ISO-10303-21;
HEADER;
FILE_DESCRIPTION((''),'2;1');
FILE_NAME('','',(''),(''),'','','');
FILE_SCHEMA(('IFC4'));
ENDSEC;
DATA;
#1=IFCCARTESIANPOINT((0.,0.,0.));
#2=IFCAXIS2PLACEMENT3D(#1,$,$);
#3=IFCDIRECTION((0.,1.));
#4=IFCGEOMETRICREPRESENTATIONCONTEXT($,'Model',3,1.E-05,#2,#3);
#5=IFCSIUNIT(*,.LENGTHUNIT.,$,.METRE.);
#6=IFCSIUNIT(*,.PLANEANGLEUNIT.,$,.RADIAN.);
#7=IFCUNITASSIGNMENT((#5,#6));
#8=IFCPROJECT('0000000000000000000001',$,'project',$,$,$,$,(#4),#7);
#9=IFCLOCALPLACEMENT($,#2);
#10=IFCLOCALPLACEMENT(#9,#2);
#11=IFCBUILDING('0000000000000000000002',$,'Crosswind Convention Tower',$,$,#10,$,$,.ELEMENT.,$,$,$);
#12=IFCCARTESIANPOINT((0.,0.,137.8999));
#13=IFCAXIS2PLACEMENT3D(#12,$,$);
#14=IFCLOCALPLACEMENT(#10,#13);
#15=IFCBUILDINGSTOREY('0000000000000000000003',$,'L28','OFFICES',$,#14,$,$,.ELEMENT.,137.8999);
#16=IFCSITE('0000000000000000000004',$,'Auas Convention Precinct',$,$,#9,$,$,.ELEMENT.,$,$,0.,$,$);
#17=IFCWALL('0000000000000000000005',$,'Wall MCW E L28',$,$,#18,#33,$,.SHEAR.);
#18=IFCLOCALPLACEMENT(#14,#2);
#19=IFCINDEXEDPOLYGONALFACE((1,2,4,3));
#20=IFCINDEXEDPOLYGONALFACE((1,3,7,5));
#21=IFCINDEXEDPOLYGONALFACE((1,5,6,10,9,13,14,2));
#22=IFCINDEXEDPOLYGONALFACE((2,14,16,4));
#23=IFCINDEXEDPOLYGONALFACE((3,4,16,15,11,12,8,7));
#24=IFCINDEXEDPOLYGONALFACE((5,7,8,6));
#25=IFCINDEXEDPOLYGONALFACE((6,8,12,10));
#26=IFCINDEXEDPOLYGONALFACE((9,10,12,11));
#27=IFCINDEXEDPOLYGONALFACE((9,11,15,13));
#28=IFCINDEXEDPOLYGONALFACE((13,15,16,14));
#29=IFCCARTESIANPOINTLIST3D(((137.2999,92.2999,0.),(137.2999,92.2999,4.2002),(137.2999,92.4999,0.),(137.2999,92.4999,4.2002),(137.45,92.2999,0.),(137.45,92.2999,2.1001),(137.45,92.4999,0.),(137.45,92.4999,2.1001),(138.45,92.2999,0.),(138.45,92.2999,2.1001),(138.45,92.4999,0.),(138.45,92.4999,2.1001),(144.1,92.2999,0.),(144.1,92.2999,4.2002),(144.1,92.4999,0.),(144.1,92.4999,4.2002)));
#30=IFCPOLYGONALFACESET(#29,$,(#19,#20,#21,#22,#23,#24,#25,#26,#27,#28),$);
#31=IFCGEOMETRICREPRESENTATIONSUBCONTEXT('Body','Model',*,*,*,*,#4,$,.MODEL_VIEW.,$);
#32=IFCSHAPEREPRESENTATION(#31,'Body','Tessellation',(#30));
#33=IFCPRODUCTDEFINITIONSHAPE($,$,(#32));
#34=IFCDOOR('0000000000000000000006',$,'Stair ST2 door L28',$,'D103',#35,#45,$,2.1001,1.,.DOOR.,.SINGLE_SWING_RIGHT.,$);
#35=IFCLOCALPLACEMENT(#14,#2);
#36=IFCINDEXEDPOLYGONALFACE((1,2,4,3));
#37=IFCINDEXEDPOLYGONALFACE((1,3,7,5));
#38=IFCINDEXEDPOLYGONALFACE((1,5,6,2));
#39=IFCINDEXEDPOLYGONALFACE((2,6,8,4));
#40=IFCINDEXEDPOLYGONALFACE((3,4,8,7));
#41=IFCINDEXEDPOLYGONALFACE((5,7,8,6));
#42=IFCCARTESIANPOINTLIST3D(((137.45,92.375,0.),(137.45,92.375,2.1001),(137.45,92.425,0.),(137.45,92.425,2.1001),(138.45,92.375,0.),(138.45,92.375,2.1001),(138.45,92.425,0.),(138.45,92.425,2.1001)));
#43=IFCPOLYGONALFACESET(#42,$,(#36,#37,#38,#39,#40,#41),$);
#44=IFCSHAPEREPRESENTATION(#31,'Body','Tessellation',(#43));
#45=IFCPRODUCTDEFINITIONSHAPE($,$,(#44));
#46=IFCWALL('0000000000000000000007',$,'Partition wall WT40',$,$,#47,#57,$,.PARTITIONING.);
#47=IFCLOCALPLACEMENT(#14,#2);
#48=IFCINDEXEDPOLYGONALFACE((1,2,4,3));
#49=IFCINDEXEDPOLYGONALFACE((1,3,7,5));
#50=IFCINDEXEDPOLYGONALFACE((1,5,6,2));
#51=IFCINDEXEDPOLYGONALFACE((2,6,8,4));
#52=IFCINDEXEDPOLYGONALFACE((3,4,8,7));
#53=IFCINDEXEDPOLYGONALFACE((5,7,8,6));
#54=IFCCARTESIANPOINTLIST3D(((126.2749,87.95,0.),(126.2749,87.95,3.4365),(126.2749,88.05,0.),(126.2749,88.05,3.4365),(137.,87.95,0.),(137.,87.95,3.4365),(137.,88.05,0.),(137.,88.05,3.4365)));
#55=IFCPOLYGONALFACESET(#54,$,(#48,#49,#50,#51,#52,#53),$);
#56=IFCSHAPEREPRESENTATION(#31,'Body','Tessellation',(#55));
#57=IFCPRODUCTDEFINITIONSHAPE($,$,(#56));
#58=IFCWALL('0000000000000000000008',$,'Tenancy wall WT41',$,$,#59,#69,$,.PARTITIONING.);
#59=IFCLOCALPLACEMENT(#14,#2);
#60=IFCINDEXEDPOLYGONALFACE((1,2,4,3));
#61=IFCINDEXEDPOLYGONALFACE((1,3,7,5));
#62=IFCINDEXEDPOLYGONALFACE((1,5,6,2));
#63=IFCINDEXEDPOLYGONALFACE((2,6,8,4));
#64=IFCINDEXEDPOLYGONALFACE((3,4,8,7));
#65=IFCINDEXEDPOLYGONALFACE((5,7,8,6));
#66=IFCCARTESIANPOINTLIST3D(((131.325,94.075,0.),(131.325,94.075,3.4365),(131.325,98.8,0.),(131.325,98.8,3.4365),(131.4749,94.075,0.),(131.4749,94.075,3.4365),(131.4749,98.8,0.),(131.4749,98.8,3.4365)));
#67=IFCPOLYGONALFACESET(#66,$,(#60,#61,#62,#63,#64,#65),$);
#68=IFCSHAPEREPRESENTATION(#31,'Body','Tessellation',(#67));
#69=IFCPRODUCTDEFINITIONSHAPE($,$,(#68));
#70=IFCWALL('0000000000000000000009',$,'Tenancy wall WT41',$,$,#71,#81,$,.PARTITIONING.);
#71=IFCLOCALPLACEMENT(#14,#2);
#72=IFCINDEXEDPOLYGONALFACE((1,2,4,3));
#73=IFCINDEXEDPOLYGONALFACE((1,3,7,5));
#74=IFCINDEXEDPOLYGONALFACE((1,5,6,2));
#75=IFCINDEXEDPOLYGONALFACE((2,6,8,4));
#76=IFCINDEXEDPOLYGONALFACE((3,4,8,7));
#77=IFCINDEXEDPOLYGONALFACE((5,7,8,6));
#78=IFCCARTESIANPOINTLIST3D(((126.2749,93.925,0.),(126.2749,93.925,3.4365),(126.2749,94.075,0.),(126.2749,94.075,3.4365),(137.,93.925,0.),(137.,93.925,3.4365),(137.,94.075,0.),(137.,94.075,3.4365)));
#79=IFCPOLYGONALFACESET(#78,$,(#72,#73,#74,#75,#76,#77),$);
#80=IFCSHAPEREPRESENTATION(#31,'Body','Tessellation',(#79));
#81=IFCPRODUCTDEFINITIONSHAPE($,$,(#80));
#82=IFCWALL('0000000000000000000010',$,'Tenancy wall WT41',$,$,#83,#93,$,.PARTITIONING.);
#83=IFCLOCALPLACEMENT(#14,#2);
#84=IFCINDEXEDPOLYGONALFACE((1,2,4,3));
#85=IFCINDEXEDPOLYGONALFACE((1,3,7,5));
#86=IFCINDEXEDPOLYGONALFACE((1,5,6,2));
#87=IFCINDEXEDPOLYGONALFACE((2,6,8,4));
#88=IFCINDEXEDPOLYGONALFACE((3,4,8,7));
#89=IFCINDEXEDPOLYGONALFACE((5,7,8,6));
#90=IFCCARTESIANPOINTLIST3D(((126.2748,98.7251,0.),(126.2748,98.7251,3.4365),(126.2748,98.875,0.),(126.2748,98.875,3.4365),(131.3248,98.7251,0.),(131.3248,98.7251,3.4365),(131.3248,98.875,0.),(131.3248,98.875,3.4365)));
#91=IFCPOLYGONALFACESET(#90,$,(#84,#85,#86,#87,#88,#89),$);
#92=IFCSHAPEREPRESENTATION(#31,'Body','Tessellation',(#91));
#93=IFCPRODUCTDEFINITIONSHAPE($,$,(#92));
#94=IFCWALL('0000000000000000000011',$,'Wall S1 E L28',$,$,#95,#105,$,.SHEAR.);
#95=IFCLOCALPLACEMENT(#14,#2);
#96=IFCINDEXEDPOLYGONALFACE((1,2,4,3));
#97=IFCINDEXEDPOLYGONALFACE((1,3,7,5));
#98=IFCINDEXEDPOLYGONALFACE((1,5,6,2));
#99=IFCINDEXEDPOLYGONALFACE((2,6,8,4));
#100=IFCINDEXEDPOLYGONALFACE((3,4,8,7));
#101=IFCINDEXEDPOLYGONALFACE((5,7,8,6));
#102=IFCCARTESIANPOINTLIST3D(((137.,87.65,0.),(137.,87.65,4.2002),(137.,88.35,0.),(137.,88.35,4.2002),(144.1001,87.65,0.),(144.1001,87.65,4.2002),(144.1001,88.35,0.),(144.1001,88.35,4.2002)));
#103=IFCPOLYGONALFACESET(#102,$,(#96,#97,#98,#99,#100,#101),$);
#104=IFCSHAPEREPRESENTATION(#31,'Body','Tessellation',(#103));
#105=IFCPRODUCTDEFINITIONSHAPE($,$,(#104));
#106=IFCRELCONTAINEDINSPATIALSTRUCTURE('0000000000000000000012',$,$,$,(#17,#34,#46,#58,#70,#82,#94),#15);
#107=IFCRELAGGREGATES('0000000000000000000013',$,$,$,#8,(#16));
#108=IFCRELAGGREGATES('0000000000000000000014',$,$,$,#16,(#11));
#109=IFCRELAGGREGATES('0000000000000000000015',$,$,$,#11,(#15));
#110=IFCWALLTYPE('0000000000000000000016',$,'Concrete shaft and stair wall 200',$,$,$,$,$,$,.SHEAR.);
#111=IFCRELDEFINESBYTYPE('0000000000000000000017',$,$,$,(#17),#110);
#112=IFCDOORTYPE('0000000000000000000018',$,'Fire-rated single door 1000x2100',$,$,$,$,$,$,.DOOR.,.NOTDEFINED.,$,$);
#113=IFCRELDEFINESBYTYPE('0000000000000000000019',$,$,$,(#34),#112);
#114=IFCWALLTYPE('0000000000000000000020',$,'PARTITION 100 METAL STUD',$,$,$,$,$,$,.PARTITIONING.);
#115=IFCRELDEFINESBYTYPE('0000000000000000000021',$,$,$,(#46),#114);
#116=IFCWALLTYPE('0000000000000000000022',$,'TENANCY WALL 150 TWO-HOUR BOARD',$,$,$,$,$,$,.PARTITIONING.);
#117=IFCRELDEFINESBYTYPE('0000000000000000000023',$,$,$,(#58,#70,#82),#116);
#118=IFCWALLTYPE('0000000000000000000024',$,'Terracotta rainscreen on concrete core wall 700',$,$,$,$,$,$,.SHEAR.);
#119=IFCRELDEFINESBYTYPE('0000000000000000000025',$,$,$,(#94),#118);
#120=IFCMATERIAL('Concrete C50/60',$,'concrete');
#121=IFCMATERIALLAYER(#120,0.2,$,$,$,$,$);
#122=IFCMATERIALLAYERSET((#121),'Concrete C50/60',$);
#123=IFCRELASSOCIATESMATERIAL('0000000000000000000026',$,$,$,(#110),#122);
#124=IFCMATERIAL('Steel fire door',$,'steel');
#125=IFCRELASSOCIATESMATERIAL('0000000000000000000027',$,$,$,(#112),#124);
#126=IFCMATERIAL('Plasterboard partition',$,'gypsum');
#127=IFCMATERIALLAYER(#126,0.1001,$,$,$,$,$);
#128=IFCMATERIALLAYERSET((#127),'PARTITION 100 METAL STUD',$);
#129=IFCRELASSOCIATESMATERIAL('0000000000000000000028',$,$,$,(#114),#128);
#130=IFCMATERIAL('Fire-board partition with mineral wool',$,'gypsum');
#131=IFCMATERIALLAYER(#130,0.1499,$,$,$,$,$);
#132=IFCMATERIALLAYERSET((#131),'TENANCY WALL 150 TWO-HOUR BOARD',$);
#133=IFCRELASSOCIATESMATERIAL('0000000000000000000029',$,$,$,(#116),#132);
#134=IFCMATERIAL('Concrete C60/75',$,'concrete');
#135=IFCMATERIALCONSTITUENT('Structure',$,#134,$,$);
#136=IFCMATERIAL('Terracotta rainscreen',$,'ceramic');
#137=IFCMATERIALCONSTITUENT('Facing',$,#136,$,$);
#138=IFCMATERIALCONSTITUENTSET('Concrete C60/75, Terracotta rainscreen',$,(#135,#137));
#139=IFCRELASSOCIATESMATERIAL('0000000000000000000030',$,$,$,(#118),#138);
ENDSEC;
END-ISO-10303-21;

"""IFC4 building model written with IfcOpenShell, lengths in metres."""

from ifc_helpers import new_model, si_unit, direction, frame, frame_2d, origin, place, context, subcontext, project, spatial, rectangle, extrude, material, layer, layer_set, constituent, constituent_set, type_object, element, fill, save


model = new_model("IFC4")

# Units and contexts
model_context = context("Model", 3, precision=1e-05, world=origin(), true_north=direction((0.0, 1.0)))
body_context = subcontext(model_context, "Body", "Model", "MODEL_VIEW")
ifc_project = project(units=[si_unit("LENGTHUNIT", "METRE"), si_unit("PLANEANGLEUNIT", "RADIAN")], contexts=[model_context])

# Site, building, storey
site_placement = place(None, origin())
site = spatial("IfcSite", under=ifc_project, at=site_placement, Name="Auas Convention Precinct", CompositionType="ELEMENT", RefElevation=0.0)
building_placement = place(site_placement, origin())
building = spatial("IfcBuilding", under=site, at=building_placement, Name="Crosswind Convention Tower", CompositionType="ELEMENT")
storey_placement = place(building_placement, frame((0.0, 0.0, 137.8999)))
storey = spatial("IfcBuildingStorey", under=building, at=storey_placement, Name="L28", Description="OFFICES", CompositionType="ELEMENT", Elevation=137.8999)

# Shared definitions
ifc_material_1 = material(Name="Concrete C50/60", Category="concrete")

# Wall, opening, door
ifc_layer_1 = layer(ifc_material_1, 0.2)
ifc_layer_set_1 = layer_set([ifc_layer_1], Name="Concrete C50/60")
wall_type_1 = type_object("IfcWallType", Name="Concrete shaft and stair wall 200", PredefinedType="SHEAR", material=ifc_layer_set_1)
ifc_material_2 = material(Name="Steel fire door", Category="steel")
wall_1_placement = place(storey_placement, frame((137.3, 92.3999, 0.0), z_axis=(0.0, 0.0, 1.0), x_axis=(1.0, 0.0, 0.0)))
wall_1 = element("IfcWall", 1, at=wall_1_placement, inside=storey, type_object=wall_type_1, Name="Wall MCW E L28", PredefinedType="SHEAR", context=body_context, shape_type="SweptSolid", body=[
    extrude(rectangle(XDim=6.8, YDim=0.2, at=frame_2d((3.3999, 0.0))), origin(), (0.0, 0.0, 1.0), 4.2002),
])
opening_1_placement = place(wall_1_placement, frame((0.1499, 0.0, 0.0)))
opening_1 = element("IfcOpeningElement", 2, at=opening_1_placement, cuts=wall_1, PredefinedType="OPENING", context=body_context, shape_type="SweptSolid", body=[
    extrude(rectangle(XDim=1.0, YDim=2.1001, at=frame_2d((0.5, 1.05))), frame((0.0, 0.1099, 0.0), z_axis=(0.0, -1.0, 0.0), x_axis=(1.0, 0.0, 0.0)), (0.0, 0.0, 1.0), 0.22),
])
door_type_1 = type_object("IfcDoorType", Name="Fire-rated single door 1000x2100", OperationType="NOTDEFINED", PredefinedType="DOOR", material=ifc_material_2)
door_1_placement = place(opening_1_placement, frame((1.0, 0.0, 0.0), z_axis=(0.0, 0.0, 1.0), x_axis=(-1.0, 0.0, 0.0)))
door_1 = element("IfcDoor", 3, at=door_1_placement, inside=storey, type_object=door_type_1, Name="Stair ST2 door L28", ObjectType="D103", OperationType="SINGLE_SWING_RIGHT", OverallHeight=2.1001, OverallWidth=1.0, PredefinedType="DOOR", context=body_context, shape_type="SweptSolid", body=[
    extrude(rectangle(XDim=1.0, YDim=2.1001, at=frame_2d((0.5, 1.05))), frame((0.0, 0.0249, 0.0), z_axis=(0.0, -1.0, 0.0), x_axis=(1.0, 0.0, 0.0)), (0.0, 0.0, 1.0), 0.05),
])
fill(opening_1, door_1)

# Walls
ifc_material_3 = material(Name="Plasterboard partition", Category="gypsum")
ifc_layer_2 = layer(ifc_material_3, 0.1001)
ifc_layer_set_2 = layer_set([ifc_layer_2], Name="PARTITION 100 METAL STUD")
wall_type_2 = type_object("IfcWallType", Name="PARTITION 100 METAL STUD", PredefinedType="PARTITIONING", material=ifc_layer_set_2)
wall_2_placement = place(storey_placement, frame((126.2749, 88.0, 0.0), z_axis=(0.0, 0.0, 1.0), x_axis=(1.0, 0.0, 0.0)))
element("IfcWall", 4, at=wall_2_placement, inside=storey, type_object=wall_type_2, Name="Partition wall WT40", PredefinedType="PARTITIONING", context=body_context, shape_type="SweptSolid", body=[
    extrude(rectangle(XDim=10.7251, YDim=0.1001, at=frame_2d((5.3625, 0.0))), origin(), (0.0, 0.0, 1.0), 3.4365),
])
ifc_material_4 = material(Name="Fire-board partition with mineral wool", Category="gypsum")
ifc_layer_3 = layer(ifc_material_4, 0.1499)
ifc_layer_set_3 = layer_set([ifc_layer_3], Name="TENANCY WALL 150 TWO-HOUR BOARD")
wall_type_3 = type_object("IfcWallType", Name="TENANCY WALL 150 TWO-HOUR BOARD", PredefinedType="PARTITIONING", material=ifc_layer_set_3)
wall_3_placement = place(storey_placement, frame((131.3999, 94.075, 0.0), z_axis=(0.0, 0.0, 1.0), x_axis=(0.0, 1.0, 0.0)))
element("IfcWall", 5, at=wall_3_placement, inside=storey, type_object=wall_type_3, Name="Tenancy wall WT41", PredefinedType="PARTITIONING", context=body_context, shape_type="SweptSolid", body=[
    extrude(rectangle(XDim=4.7251, YDim=0.1499, at=frame_2d((2.3625, 0.0))), origin(), (0.0, 0.0, 1.0), 3.4365),
])
wall_4_placement = place(storey_placement, frame((126.2749, 94.0, 0.0), z_axis=(0.0, 0.0, 1.0), x_axis=(1.0, 0.0, 0.0)))
element("IfcWall", 6, at=wall_4_placement, inside=storey, type_object=wall_type_3, Name="Tenancy wall WT41", PredefinedType="PARTITIONING", context=body_context, shape_type="SweptSolid", body=[
    extrude(rectangle(XDim=10.7251, YDim=0.1499, at=frame_2d((5.3625, 0.0))), origin(), (0.0, 0.0, 1.0), 3.4365),
])
wall_5_placement = place(storey_placement, frame((126.2749, 98.8, 0.0), z_axis=(0.0, 0.0, 1.0), x_axis=(1.0, 0.0, 0.0)))
element("IfcWall", 7, at=wall_5_placement, inside=storey, type_object=wall_type_3, Name="Tenancy wall WT41", PredefinedType="PARTITIONING", context=body_context, shape_type="SweptSolid", body=[
    extrude(rectangle(XDim=5.05, YDim=0.1499, at=frame_2d((2.5249, 0.0))), origin(), (0.0, 0.0, 1.0), 3.4365),
])
ifc_material_5 = material(Name="Concrete C60/75", Category="concrete")
ifc_constituent_1 = constituent(ifc_material_5, Name="Structure")
ifc_material_6 = material(Name="Terracotta rainscreen", Category="ceramic")
ifc_constituent_2 = constituent(ifc_material_6, Name="Facing")
ifc_constituent_set = constituent_set(constituents=[ifc_constituent_1, ifc_constituent_2], Name="Concrete C60/75, Terracotta rainscreen")
wall_type_4 = type_object("IfcWallType", Name="Terracotta rainscreen on concrete core wall 700", PredefinedType="SHEAR", material=ifc_constituent_set)
wall_6_placement = place(storey_placement, frame((137.0, 88.0, 0.0), z_axis=(0.0, 0.0, 1.0), x_axis=(1.0, 0.0, 0.0)))
element("IfcWall", 8, at=wall_6_placement, inside=storey, type_object=wall_type_4, Name="Wall S1 E L28", PredefinedType="SHEAR", context=body_context, shape_type="SweptSolid", body=[
    extrude(rectangle(XDim=7.1001, YDim=0.7, at=frame_2d((3.55, 0.0))), origin(), (0.0, 0.0, 1.0), 4.2002),
])

save(model, "model.ifc")
